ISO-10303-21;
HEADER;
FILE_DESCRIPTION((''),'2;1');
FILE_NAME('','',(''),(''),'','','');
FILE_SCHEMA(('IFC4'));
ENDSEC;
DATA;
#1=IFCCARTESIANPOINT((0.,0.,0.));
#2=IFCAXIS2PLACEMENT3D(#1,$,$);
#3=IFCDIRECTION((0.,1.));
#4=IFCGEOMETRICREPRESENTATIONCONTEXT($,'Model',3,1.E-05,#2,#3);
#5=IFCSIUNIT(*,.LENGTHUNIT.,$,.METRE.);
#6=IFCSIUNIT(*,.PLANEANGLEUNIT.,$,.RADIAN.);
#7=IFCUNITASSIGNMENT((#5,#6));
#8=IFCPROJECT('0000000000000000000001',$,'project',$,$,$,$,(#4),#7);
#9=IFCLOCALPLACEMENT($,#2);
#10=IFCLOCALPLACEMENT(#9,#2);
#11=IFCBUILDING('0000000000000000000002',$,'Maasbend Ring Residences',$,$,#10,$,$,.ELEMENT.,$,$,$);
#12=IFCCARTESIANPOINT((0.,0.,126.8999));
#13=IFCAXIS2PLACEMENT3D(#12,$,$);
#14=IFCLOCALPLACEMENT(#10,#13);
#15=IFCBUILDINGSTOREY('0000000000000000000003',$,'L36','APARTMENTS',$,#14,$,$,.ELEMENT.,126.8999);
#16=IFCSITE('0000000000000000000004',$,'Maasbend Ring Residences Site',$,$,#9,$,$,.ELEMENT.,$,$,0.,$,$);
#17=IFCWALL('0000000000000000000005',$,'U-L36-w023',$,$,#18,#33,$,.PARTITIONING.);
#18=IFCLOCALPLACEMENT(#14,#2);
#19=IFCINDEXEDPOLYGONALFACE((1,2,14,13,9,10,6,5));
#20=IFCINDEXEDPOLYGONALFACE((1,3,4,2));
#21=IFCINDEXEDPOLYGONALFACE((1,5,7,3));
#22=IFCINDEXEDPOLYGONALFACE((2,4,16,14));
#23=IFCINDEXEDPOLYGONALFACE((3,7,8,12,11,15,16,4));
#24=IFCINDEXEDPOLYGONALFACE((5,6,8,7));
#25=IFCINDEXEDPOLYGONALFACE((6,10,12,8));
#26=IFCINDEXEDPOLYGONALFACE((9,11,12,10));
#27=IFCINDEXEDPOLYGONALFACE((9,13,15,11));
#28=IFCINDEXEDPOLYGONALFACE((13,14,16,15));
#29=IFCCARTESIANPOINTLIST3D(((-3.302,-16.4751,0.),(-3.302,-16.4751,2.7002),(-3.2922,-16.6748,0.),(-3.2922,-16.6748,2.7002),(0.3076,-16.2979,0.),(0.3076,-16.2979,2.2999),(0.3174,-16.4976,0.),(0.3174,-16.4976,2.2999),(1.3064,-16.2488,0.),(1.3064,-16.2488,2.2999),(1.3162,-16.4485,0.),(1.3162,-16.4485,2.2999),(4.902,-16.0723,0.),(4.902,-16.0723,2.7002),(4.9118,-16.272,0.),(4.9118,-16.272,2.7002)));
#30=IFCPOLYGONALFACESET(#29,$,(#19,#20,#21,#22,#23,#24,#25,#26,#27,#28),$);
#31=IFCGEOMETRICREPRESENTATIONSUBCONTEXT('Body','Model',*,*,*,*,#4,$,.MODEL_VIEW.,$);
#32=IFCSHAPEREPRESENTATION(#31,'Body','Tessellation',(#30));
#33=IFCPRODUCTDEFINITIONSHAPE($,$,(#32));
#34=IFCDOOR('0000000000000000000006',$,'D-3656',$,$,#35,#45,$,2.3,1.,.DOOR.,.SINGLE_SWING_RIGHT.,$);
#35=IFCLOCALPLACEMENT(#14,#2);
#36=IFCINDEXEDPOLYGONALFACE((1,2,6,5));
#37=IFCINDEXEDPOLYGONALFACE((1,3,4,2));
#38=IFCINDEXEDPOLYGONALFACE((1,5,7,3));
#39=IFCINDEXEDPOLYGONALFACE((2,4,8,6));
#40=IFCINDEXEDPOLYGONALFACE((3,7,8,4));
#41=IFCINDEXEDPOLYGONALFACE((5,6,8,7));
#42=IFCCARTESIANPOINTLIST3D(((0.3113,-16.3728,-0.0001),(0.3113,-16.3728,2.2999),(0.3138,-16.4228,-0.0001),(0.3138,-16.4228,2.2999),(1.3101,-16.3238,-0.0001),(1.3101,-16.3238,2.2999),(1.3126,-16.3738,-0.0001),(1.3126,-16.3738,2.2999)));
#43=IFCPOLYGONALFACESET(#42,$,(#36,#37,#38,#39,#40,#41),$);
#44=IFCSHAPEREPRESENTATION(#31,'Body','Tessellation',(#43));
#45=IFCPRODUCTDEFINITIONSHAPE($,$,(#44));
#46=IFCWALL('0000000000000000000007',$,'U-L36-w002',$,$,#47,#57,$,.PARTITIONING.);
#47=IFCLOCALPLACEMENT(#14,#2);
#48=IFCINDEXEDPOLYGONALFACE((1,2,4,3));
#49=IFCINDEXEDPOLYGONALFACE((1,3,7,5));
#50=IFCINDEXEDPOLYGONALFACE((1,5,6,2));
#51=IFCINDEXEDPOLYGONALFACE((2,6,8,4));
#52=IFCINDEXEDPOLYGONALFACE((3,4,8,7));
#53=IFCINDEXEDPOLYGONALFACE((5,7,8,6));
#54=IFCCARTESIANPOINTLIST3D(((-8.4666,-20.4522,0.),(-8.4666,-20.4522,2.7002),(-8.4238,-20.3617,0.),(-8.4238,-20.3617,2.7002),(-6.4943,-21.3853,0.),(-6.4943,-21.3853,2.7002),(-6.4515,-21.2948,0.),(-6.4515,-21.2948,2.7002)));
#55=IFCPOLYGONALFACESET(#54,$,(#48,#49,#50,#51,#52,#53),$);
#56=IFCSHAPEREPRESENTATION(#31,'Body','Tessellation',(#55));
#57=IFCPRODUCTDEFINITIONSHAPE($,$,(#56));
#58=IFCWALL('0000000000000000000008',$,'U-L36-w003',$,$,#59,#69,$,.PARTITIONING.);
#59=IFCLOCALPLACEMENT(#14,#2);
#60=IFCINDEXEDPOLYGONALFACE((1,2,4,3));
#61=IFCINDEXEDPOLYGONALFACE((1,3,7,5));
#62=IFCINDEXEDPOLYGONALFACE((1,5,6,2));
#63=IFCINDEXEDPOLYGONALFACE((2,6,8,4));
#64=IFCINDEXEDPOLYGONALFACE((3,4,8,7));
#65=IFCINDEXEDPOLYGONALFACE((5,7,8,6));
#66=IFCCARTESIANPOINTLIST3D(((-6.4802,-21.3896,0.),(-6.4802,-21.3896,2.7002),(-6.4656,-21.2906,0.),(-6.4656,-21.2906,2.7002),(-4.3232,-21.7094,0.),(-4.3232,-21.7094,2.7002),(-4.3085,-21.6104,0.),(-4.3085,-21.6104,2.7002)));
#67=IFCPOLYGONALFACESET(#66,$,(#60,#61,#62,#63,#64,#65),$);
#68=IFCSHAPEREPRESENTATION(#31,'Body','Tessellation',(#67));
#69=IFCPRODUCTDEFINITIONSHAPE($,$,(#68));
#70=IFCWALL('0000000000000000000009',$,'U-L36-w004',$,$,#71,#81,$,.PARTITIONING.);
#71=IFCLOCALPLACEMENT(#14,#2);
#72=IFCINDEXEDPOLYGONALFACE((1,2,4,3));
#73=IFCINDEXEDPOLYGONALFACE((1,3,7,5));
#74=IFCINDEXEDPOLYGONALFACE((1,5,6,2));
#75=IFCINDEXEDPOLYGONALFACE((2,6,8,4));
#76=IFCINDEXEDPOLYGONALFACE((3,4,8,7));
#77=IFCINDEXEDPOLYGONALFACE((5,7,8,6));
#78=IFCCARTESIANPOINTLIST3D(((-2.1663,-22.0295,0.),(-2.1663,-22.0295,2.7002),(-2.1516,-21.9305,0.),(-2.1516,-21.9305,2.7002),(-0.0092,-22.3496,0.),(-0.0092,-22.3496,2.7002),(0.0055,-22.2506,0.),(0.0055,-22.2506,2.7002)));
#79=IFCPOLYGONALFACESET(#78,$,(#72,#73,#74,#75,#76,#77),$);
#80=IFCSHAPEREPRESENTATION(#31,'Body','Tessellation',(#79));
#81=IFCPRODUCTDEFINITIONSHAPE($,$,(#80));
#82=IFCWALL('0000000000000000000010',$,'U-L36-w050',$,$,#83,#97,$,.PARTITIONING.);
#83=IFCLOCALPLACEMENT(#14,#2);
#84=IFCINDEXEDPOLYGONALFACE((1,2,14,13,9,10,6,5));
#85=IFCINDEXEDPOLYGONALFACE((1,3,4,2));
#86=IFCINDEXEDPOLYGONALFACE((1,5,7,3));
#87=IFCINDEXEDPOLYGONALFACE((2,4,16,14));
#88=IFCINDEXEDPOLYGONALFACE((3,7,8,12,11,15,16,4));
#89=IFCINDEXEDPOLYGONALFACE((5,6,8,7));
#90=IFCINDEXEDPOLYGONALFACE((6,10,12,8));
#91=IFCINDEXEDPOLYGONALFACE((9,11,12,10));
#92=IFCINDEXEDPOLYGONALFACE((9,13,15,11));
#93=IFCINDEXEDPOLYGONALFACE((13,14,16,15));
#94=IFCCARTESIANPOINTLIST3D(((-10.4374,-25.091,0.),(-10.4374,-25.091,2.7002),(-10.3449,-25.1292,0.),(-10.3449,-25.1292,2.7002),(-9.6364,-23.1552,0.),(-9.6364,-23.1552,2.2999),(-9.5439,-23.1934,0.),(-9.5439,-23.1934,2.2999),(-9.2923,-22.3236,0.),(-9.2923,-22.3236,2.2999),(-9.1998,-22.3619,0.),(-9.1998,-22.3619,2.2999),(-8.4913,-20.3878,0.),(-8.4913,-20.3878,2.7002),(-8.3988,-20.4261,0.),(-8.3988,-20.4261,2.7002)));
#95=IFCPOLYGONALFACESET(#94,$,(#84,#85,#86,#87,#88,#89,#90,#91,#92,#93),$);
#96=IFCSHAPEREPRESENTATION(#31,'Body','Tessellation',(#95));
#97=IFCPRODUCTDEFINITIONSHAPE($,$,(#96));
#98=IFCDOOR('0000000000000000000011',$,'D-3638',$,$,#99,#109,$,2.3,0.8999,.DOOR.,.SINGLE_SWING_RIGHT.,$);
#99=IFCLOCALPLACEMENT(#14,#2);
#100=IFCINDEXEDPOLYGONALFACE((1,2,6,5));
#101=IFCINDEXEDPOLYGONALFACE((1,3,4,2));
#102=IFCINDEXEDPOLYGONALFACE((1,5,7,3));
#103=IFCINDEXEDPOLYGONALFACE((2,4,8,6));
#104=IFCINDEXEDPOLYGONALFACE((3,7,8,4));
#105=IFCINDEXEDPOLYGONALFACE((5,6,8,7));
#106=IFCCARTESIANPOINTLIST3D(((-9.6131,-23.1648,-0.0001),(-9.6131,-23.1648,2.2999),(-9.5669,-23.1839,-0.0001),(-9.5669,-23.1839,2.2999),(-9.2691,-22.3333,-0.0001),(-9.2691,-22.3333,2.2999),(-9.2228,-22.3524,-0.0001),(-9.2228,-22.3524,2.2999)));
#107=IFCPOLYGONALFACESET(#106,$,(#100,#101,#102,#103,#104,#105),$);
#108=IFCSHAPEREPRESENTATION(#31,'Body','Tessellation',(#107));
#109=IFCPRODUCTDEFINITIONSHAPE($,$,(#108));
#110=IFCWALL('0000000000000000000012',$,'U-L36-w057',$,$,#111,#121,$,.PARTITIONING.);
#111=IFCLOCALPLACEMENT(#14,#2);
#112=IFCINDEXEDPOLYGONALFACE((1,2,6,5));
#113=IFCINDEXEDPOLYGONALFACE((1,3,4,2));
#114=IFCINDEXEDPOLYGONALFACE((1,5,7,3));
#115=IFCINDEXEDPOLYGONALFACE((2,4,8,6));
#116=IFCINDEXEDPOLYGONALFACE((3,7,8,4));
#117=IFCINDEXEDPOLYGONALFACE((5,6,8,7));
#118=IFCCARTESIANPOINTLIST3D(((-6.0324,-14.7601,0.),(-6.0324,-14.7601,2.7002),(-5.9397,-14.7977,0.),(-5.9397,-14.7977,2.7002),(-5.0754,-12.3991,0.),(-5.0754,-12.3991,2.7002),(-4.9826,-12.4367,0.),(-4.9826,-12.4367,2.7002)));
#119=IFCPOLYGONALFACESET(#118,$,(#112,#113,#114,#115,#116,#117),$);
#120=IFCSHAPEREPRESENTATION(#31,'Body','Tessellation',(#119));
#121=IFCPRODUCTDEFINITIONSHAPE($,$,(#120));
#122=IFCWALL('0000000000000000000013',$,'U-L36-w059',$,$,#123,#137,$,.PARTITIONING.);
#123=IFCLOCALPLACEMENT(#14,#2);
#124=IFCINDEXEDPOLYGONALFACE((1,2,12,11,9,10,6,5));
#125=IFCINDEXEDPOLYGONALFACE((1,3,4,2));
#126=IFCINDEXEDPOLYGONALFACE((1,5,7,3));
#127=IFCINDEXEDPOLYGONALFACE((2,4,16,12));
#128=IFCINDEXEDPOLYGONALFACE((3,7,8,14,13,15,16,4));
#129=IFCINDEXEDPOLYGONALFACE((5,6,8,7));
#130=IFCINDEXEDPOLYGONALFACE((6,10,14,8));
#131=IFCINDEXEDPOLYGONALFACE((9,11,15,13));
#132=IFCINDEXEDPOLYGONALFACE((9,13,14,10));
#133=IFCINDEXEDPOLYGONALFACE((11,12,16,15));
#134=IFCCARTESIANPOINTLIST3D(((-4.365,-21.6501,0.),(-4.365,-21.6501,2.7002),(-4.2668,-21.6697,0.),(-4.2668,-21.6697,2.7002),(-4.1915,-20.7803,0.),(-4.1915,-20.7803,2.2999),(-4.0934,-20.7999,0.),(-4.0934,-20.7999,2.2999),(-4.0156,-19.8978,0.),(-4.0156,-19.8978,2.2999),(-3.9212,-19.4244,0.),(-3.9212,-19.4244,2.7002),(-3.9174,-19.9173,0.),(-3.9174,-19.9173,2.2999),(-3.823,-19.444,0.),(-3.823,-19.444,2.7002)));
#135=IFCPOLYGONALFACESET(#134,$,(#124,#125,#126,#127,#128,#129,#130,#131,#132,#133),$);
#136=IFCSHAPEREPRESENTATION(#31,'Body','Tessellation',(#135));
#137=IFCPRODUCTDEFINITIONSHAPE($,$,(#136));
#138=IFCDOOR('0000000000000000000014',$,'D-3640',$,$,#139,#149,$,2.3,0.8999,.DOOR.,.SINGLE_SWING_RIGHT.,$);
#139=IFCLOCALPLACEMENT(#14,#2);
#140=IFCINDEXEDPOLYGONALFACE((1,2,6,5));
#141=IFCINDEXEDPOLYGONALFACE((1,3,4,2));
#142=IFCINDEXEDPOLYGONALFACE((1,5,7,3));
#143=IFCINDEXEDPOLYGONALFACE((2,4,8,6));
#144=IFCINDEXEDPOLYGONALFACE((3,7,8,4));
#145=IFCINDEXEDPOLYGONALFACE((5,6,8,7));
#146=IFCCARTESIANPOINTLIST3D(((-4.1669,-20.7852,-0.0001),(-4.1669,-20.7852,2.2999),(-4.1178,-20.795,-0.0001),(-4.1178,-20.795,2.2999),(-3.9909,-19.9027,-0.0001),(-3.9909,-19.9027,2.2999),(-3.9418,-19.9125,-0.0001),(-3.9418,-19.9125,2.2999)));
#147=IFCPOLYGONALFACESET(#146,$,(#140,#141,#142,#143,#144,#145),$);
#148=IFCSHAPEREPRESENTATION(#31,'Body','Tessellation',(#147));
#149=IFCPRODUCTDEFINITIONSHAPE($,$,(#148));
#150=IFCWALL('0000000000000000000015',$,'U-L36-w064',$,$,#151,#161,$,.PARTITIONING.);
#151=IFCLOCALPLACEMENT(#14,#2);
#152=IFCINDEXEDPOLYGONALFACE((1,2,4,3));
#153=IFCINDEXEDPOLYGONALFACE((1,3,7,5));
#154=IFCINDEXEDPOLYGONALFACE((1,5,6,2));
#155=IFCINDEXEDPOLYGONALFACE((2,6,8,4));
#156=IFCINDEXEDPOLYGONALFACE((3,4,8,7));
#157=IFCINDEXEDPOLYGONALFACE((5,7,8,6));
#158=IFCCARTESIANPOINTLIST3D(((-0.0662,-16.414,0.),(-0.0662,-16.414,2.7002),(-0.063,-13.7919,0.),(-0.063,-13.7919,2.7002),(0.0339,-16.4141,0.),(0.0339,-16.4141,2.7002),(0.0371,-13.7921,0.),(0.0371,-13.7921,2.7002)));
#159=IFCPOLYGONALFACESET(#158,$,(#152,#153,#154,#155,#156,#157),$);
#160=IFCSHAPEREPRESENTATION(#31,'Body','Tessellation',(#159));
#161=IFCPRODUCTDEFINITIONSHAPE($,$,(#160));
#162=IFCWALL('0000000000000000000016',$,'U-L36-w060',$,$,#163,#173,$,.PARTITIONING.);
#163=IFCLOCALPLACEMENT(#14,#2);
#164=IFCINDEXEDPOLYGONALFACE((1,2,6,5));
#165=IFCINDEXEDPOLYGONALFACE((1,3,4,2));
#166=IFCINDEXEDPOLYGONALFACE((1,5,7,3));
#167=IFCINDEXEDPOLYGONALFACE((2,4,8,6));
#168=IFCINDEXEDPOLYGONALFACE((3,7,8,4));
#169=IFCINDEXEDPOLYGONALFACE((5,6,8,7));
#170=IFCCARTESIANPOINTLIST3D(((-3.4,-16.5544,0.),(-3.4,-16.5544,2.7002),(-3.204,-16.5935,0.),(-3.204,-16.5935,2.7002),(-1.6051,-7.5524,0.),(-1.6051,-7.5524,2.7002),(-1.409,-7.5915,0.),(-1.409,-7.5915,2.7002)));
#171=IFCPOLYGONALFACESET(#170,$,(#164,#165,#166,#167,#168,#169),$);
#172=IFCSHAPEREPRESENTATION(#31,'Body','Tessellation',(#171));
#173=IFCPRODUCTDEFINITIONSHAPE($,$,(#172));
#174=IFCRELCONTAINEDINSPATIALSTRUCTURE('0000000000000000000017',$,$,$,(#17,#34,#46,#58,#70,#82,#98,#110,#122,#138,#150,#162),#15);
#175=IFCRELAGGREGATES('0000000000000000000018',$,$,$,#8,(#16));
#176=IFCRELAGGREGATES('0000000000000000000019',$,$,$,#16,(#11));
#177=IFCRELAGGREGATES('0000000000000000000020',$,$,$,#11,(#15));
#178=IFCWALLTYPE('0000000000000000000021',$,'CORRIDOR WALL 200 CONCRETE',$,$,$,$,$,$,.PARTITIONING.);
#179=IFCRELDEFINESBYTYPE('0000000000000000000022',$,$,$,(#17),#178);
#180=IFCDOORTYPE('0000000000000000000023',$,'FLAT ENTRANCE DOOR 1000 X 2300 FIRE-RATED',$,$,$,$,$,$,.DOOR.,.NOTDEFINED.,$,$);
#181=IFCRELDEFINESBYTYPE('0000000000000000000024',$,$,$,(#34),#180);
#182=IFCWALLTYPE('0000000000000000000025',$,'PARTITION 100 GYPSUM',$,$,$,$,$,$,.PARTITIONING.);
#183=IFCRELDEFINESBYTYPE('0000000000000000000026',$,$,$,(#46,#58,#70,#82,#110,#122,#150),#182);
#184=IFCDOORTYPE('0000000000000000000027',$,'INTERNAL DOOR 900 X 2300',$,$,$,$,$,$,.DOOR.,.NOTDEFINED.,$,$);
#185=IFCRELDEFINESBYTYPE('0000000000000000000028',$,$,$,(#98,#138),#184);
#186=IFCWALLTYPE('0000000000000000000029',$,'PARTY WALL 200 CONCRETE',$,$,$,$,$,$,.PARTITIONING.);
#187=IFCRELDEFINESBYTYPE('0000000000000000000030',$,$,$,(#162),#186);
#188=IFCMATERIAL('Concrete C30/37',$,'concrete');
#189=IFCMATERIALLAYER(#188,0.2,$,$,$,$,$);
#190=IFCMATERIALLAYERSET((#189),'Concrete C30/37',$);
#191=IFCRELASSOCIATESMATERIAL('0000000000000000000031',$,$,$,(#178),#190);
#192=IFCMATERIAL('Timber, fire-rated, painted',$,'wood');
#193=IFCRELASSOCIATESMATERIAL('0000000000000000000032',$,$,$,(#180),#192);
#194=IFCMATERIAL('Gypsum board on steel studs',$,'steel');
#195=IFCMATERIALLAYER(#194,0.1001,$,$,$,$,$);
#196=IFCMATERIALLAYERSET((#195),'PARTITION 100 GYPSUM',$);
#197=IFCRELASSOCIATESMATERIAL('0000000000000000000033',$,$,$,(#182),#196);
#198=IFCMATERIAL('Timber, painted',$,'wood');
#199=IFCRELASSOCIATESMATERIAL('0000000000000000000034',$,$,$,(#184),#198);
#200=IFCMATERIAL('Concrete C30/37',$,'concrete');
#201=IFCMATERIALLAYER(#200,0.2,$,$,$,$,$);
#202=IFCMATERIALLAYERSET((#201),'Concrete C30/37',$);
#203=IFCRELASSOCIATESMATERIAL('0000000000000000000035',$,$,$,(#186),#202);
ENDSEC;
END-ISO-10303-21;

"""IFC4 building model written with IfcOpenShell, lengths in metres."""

from ifc_helpers import new_model, si_unit, direction, frame, frame_2d, origin, place, context, subcontext, project, spatial, rectangle, extrude, material, layer, layer_set, type_object, element, fill, save


model = new_model("IFC4")

# Units and contexts
model_context = context("Model", 3, precision=1e-05, world=origin(), true_north=direction((0.0, 1.0)))
body_context = subcontext(model_context, "Body", "Model", "MODEL_VIEW")
ifc_project = project(units=[si_unit("LENGTHUNIT", "METRE"), si_unit("PLANEANGLEUNIT", "RADIAN")], contexts=[model_context])

# Site, building, storey
site_placement = place(None, origin())
site = spatial("IfcSite", under=ifc_project, at=site_placement, Name="Maasbend Ring Residences Site", CompositionType="ELEMENT", RefElevation=0.0)
building_placement = place(site_placement, origin())
building = spatial("IfcBuilding", under=site, at=building_placement, Name="Maasbend Ring Residences", CompositionType="ELEMENT")
storey_placement = place(building_placement, frame((0.0, 0.0, 126.8999)))
storey = spatial("IfcBuildingStorey", under=building, at=storey_placement, Name="L36", Description="APARTMENTS", CompositionType="ELEMENT", Elevation=126.8999)

# Shared definitions
ifc_material_1 = material(Name="Concrete C30/37", Category="concrete")
ifc_layer_1 = layer(ifc_material_1, 0.2)
ifc_layer_set_1 = layer_set([ifc_layer_1], Name="Concrete C30/37")
wall_type_1 = type_object("IfcWallType", Name="CORRIDOR WALL 200 CONCRETE", PredefinedType="PARTITIONING", material=ifc_layer_set_1)

# Wall, opening, door
ifc_material_2 = material(Name="Timber, fire-rated, painted", Category="wood")
door_type_1 = type_object("IfcDoorType", Name="FLAT ENTRANCE DOOR 1000 X 2300 FIRE-RATED", OperationType="NOTDEFINED", PredefinedType="DOOR", material=ifc_material_2)
wall_1_placement = place(storey_placement, frame((-3.2971, -16.575, 0.0), z_axis=(0.0, 0.0, 1.0), x_axis=(0.998797, 0.049042, 0.0)))
wall_1 = element("IfcWall", 1, at=wall_1_placement, inside=storey, type_object=wall_type_1, Name="U-L36-w023", PredefinedType="PARTITIONING", context=body_context, shape_type="SweptSolid", body=[
    extrude(rectangle(XDim=8.2139, YDim=0.2, at=frame_2d((4.1069, 0.0))), origin(), (0.0, 0.0, 1.0), 2.7002),
])
opening_1_placement = place(wall_1_placement, frame((3.614, 0.0, 0.0)))
opening_1 = element("IfcOpeningElement", 2, at=opening_1_placement, cuts=wall_1, PredefinedType="OPENING", context=body_context, shape_type="SweptSolid", body=[
    extrude(rectangle(XDim=1.0, YDim=2.3, at=frame_2d((0.5, 1.1499))), frame((0.0, 0.1099, 0.0), z_axis=(0.0, -1.0, 0.0), x_axis=(1.0, 0.0, 0.0)), (0.0, 0.0, 1.0), 0.22),
])
door_1_placement = place(opening_1_placement, origin())
door_1 = element("IfcDoor", 3, at=door_1_placement, inside=storey, type_object=door_type_1, Name="D-3656", OperationType="SINGLE_SWING_RIGHT", OverallHeight=2.3, OverallWidth=1.0, PredefinedType="DOOR", context=body_context, shape_type="SweptSolid", body=[
    extrude(rectangle(XDim=1.0, YDim=2.3, at=frame_2d((0.5, 1.1499))), frame((0.0, 0.0249, 0.0), z_axis=(0.0, -1.0, 0.0), x_axis=(1.0, 0.0, 0.0)), (0.0, 0.0, 1.0), 0.05),
])
fill(opening_1, door_1)

# Walls
ifc_material_3 = material(Name="Gypsum board on steel studs", Category="steel")
ifc_layer_2 = layer(ifc_material_3, 0.1001)
ifc_layer_set_2 = layer_set([ifc_layer_2], Name="PARTITION 100 GYPSUM")
wall_type_2 = type_object("IfcWallType", Name="PARTITION 100 GYPSUM", PredefinedType="PARTITIONING", material=ifc_layer_set_2)
wall_2_placement = place(storey_placement, frame((-8.4451, -20.407, 0.0), z_axis=(0.0, 0.0, 1.0), x_axis=(0.903929, -0.427682, 0.0)))
element("IfcWall", 4, at=wall_2_placement, inside=storey, type_object=wall_type_2, Name="U-L36-w002", PredefinedType="PARTITIONING", context=body_context, shape_type="SweptSolid", body=[
    extrude(rectangle(XDim=2.1819, YDim=0.1001, at=frame_2d((1.0908, 0.0))), origin(), (0.0, 0.0, 1.0), 2.7002),
])
for number, where, z_axis, x_axis, name in (
    (5, (-6.4729, -21.3401, 0.0), (0.0, 0.0, 1.0), (0.989185, -0.14667, 0.0), "U-L36-w003"),
    (6, (-2.1589, -21.98, 0.0), (0.0, 0.0, 1.0), (0.989169, -0.14678, 0.0), "U-L36-w004"),
):
    element("IfcWall", number, at=place(storey_placement, frame(where, z_axis=z_axis, x_axis=x_axis)), inside=storey, type_object=wall_type_2, Name=name, PredefinedType="PARTITIONING", context=body_context, shape_type="SweptSolid", body=[
        extrude(rectangle(XDim=2.1807, YDim=0.1001, at=frame_2d((1.0903, 0.0))), origin(), (0.0, 0.0, 1.0), 2.7002),
    ])

# Wall, opening, door
wall_3_placement = place(storey_placement, frame((-10.3911, -25.1101, 0.0), z_axis=(0.0, 0.0, 1.0), x_axis=(0.382339, 0.924022, 0.0)))
wall_3 = element("IfcWall", 7, at=wall_3_placement, inside=storey, type_object=wall_type_2, Name="U-L36-w050", PredefinedType="PARTITIONING", context=body_context, shape_type="SweptSolid", body=[
    extrude(rectangle(XDim=5.0898, YDim=0.1001, at=frame_2d((2.5449, 0.0))), origin(), (0.0, 0.0, 1.0), 2.7002),
])
opening_2_placement = place(wall_3_placement, frame((2.095, 0.0, 0.0)))
opening_2 = element("IfcOpeningElement", 8, at=opening_2_placement, cuts=wall_3, PredefinedType="OPENING", context=body_context, shape_type="SweptSolid", body=[
    extrude(rectangle(XDim=0.8999, YDim=2.3, at=frame_2d((0.45, 1.1499))), frame((0.0, 0.0601, 0.0), z_axis=(0.0, -1.0, 0.0), x_axis=(1.0, 0.0, 0.0)), (0.0, 0.0, 1.0), 0.1201),
])
ifc_material_4 = material(Name="Timber, painted", Category="wood")
door_type_2 = type_object("IfcDoorType", Name="INTERNAL DOOR 900 X 2300", OperationType="NOTDEFINED", PredefinedType="DOOR", material=ifc_material_4)
door_2_placement = place(opening_2_placement, origin())
door_2 = element("IfcDoor", 9, at=door_2_placement, inside=storey, type_object=door_type_2, Name="D-3638", OperationType="SINGLE_SWING_RIGHT", OverallHeight=2.3, OverallWidth=0.8999, PredefinedType="DOOR", context=body_context, shape_type="SweptSolid", body=[
    extrude(rectangle(XDim=0.8999, YDim=2.3, at=frame_2d((0.45, 1.1499))), frame((0.0, 0.0249, 0.0), z_axis=(0.0, -1.0, 0.0), x_axis=(1.0, 0.0, 0.0)), (0.0, 0.0, 1.0), 0.05),
])
fill(opening_2, door_2)

# Wall
wall_4_placement = place(storey_placement, frame((-5.9861, -14.7791, 0.0), z_axis=(0.0, 0.0, 1.0), x_axis=(0.375649, 0.926762, 0.0)))
element("IfcWall", 10, at=wall_4_placement, inside=storey, type_object=wall_type_2, Name="U-L36-w057", PredefinedType="PARTITIONING", context=body_context, shape_type="SweptSolid", body=[
    extrude(rectangle(XDim=2.5476, YDim=0.1001, at=frame_2d((1.2739, 0.0))), origin(), (0.0, 0.0, 1.0), 2.7002),
])

# Wall, opening, door
wall_5_placement = place(storey_placement, frame((-4.3159, -21.6599, 0.0), z_axis=(0.0, 0.0, 1.0), x_axis=(0.195558, 0.980692, 0.0)))
wall_5 = element("IfcWall", 11, at=wall_5_placement, inside=storey, type_object=wall_type_2, Name="U-L36-w059", PredefinedType="PARTITIONING", context=body_context, shape_type="SweptSolid", body=[
    extrude(rectangle(XDim=2.2695, YDim=0.1001, at=frame_2d((1.1348, 0.0))), origin(), (0.0, 0.0, 1.0), 2.7002),
])
opening_3_placement = place(wall_5_placement, frame((0.887, 0.0, 0.0)))
opening_3 = element("IfcOpeningElement", 12, at=opening_3_placement, cuts=wall_5, PredefinedType="OPENING", context=body_context, shape_type="SweptSolid", body=[
    extrude(rectangle(XDim=0.8999, YDim=2.3, at=frame_2d((0.45, 1.1499))), frame((0.0, 0.0601, 0.0), z_axis=(0.0, -1.0, 0.0), x_axis=(1.0, 0.0, 0.0)), (0.0, 0.0, 1.0), 0.1201),
])
door_3_placement = place(opening_3_placement, origin())
door_3 = element("IfcDoor", 13, at=door_3_placement, inside=storey, type_object=door_type_2, Name="D-3640", OperationType="SINGLE_SWING_RIGHT", OverallHeight=2.3, OverallWidth=0.8999, PredefinedType="DOOR", context=body_context, shape_type="SweptSolid", body=[
    extrude(rectangle(XDim=0.8999, YDim=2.3, at=frame_2d((0.45, 1.1499))), frame((0.0, 0.0249, 0.0), z_axis=(0.0, -1.0, 0.0), x_axis=(1.0, 0.0, 0.0)), (0.0, 0.0, 1.0), 0.05),
])
fill(opening_3, door_3)

# Walls
wall_6_placement = place(storey_placement, frame((-0.0161, -16.4141, 0.0), z_axis=(0.0, 0.0, 1.0), x_axis=(0.00121, 0.999999, 0.0)))
element("IfcWall", 14, at=wall_6_placement, inside=storey, type_object=wall_type_2, Name="U-L36-w064", PredefinedType="PARTITIONING", context=body_context, shape_type="SweptSolid", body=[
    extrude(rectangle(XDim=2.6221, YDim=0.1001, at=frame_2d((1.311, 0.0))), origin(), (0.0, 0.0, 1.0), 2.7002),
])
ifc_material_5 = material(Name="Concrete C30/37", Category="concrete")
ifc_layer_3 = layer(ifc_material_5, 0.2)
ifc_layer_set_3 = layer_set([ifc_layer_3], Name="Concrete C30/37")
wall_type_3 = type_object("IfcWallType", Name="PARTY WALL 200 CONCRETE", PredefinedType="PARTITIONING", material=ifc_layer_set_3)
wall_7_placement = place(storey_placement, frame((-3.302, -16.574, 0.0), z_axis=(0.0, 0.0, 1.0), x_axis=(0.195543, 0.980695, 0.0)))
element("IfcWall", 15, at=wall_7_placement, inside=storey, type_object=wall_type_3, Name="U-L36-w060", PredefinedType="PARTITIONING", context=body_context, shape_type="SweptSolid", body=[
    extrude(rectangle(XDim=9.1792, YDim=0.2, at=frame_2d((4.5896, 0.0))), origin(), (0.0, 0.0, 1.0), 2.7002),
])

save(model, "model.ifc")
